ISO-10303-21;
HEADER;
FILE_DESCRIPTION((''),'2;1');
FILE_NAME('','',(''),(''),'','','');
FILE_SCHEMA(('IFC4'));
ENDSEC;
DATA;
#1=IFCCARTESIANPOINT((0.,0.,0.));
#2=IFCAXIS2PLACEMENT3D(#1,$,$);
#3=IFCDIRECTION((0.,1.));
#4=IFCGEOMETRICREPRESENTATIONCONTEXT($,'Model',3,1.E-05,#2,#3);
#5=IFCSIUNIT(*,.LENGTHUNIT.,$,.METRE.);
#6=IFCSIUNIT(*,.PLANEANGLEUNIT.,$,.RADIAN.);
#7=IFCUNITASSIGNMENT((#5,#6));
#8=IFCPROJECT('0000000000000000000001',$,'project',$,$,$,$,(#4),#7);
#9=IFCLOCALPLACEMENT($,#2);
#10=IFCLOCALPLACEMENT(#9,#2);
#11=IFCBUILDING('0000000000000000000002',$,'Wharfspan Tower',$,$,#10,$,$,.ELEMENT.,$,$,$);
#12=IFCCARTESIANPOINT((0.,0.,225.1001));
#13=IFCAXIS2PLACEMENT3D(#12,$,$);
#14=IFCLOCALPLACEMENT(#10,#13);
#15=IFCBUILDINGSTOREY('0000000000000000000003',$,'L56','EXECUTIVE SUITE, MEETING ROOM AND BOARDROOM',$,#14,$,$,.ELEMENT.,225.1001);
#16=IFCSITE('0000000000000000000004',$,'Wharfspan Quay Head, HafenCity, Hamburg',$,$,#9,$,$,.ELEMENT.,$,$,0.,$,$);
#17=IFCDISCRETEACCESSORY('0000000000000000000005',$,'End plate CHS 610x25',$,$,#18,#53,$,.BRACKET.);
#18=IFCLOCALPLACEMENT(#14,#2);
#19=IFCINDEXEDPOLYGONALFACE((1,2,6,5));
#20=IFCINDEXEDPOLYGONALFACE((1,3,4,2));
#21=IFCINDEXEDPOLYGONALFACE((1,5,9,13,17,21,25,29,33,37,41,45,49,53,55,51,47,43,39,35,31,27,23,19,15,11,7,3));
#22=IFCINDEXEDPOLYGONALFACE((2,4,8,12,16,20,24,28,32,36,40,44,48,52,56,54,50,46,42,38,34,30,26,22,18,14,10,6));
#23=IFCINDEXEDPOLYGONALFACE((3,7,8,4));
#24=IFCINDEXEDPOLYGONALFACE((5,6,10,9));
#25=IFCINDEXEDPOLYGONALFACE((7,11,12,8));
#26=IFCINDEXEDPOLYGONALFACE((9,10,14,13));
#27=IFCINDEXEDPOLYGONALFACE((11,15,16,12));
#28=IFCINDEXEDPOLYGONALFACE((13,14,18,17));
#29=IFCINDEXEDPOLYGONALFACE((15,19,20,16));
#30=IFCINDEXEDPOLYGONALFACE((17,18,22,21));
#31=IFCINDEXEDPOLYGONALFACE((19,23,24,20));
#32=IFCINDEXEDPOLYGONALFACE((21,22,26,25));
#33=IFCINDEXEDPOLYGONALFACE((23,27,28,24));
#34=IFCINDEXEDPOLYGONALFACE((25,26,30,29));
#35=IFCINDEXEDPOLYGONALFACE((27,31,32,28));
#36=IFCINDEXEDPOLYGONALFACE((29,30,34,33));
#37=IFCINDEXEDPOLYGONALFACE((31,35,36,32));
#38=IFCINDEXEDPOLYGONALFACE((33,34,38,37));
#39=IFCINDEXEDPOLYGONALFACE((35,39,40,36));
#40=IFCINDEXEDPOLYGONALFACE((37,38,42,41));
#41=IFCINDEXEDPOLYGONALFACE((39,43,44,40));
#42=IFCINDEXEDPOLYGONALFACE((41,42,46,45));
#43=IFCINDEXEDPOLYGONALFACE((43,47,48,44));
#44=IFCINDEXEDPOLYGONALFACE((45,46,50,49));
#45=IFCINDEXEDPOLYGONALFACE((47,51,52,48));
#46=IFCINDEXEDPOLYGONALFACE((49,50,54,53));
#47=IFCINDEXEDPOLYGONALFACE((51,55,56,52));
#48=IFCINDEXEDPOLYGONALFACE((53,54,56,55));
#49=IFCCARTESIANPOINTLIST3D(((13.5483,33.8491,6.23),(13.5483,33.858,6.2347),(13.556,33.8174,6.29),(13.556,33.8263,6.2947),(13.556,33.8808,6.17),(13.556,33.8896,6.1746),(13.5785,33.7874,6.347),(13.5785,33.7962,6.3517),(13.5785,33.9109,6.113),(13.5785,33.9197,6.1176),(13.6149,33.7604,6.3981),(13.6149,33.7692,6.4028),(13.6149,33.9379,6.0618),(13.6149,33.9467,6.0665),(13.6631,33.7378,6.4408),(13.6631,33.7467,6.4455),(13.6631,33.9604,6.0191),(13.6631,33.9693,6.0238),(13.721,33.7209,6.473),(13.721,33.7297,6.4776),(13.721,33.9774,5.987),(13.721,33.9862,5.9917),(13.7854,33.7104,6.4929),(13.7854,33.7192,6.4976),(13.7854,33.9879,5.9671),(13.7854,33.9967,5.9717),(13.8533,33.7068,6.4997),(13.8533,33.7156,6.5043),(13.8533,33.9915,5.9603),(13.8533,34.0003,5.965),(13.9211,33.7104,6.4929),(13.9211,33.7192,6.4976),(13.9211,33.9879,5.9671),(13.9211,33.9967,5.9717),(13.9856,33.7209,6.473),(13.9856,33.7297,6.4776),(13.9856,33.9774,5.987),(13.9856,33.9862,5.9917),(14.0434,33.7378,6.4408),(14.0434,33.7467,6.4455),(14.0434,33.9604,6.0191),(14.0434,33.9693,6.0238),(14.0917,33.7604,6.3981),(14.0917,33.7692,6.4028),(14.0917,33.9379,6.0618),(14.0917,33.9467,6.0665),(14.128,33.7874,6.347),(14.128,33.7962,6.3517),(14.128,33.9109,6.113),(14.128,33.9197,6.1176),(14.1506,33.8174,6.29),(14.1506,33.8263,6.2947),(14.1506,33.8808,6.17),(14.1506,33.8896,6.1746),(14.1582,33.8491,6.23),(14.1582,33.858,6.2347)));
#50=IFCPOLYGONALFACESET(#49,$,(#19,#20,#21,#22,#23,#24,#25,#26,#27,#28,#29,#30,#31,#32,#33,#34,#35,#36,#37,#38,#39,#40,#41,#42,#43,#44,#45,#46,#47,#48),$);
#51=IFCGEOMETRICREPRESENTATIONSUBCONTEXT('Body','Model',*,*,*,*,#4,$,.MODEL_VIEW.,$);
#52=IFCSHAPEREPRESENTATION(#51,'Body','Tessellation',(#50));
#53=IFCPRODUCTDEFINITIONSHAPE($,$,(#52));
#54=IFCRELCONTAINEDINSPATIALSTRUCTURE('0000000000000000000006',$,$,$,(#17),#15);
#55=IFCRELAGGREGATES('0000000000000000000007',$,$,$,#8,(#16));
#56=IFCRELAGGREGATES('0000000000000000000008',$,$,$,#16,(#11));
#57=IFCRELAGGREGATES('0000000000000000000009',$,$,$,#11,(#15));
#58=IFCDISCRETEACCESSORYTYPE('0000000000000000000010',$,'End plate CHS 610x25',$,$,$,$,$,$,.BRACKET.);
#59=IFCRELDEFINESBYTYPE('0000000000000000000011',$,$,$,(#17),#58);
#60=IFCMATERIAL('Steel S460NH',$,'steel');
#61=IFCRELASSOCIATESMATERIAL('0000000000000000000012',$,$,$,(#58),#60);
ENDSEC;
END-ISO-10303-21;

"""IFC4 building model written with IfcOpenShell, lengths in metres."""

from ifc_helpers import new_model, si_unit, direction, frame, origin, origin_2d, place, context, subcontext, project, spatial, circle, extrude, material, material_profile, profile_set, type_object, element, save


model = new_model("IFC4")

# Units and contexts
model_context = context("Model", 3, precision=1e-05, world=origin(), true_north=direction((0.0, 1.0)))
body_context = subcontext(model_context, "Body", "Model", "MODEL_VIEW")
ifc_project = project(units=[si_unit("LENGTHUNIT", "METRE"), si_unit("PLANEANGLEUNIT", "RADIAN")], contexts=[model_context])

# Site, building, storey
site_placement = place(None, origin())
site = spatial("IfcSite", under=ifc_project, at=site_placement, Name="Wharfspan Quay Head, HafenCity, Hamburg", CompositionType="ELEMENT", RefElevation=0.0)
building_placement = place(site_placement, origin())
building = spatial("IfcBuilding", under=site, at=building_placement, Name="Wharfspan Tower", CompositionType="ELEMENT")
storey_placement = place(building_placement, frame((0.0, 0.0, 225.1001)))
storey = spatial("IfcBuildingStorey", under=building, at=storey_placement, Name="L56", Description="EXECUTIVE SUITE, MEETING ROOM AND BOARDROOM", CompositionType="ELEMENT", Elevation=225.1001)

# Shared definitions
ifc_material_1 = material(Name="Steel S460NH", Category="steel")

# Discrete accessory
ifc_material_profile_1 = material_profile(ifc_material_1, circle(Radius=0.3049, at=origin_2d()))
ifc_profile_set_1 = profile_set([ifc_material_profile_1], Name="Steel S460NH")
discrete_accessory_type = type_object("IfcDiscreteAccessoryType", Name="End plate CHS 610x25", PredefinedType="BRACKET", material=ifc_profile_set_1)
discrete_accessory_1_placement = place(storey_placement, frame((13.8533, 33.8491, 6.23), z_axis=(0.0, 0.884385, 0.466759), x_axis=(-1.0, 0.0, 0.0)))
element("IfcDiscreteAccessory", 1, at=discrete_accessory_1_placement, inside=storey, type_object=discrete_accessory_type, Name="End plate CHS 610x25", PredefinedType="BRACKET", context=body_context, shape_type="SweptSolid", body=[
    extrude(circle(Radius=0.3049, at=origin_2d()), origin(), (0.0, 0.0, 1.0), 0.01),
])

save(model, "model.ifc")
